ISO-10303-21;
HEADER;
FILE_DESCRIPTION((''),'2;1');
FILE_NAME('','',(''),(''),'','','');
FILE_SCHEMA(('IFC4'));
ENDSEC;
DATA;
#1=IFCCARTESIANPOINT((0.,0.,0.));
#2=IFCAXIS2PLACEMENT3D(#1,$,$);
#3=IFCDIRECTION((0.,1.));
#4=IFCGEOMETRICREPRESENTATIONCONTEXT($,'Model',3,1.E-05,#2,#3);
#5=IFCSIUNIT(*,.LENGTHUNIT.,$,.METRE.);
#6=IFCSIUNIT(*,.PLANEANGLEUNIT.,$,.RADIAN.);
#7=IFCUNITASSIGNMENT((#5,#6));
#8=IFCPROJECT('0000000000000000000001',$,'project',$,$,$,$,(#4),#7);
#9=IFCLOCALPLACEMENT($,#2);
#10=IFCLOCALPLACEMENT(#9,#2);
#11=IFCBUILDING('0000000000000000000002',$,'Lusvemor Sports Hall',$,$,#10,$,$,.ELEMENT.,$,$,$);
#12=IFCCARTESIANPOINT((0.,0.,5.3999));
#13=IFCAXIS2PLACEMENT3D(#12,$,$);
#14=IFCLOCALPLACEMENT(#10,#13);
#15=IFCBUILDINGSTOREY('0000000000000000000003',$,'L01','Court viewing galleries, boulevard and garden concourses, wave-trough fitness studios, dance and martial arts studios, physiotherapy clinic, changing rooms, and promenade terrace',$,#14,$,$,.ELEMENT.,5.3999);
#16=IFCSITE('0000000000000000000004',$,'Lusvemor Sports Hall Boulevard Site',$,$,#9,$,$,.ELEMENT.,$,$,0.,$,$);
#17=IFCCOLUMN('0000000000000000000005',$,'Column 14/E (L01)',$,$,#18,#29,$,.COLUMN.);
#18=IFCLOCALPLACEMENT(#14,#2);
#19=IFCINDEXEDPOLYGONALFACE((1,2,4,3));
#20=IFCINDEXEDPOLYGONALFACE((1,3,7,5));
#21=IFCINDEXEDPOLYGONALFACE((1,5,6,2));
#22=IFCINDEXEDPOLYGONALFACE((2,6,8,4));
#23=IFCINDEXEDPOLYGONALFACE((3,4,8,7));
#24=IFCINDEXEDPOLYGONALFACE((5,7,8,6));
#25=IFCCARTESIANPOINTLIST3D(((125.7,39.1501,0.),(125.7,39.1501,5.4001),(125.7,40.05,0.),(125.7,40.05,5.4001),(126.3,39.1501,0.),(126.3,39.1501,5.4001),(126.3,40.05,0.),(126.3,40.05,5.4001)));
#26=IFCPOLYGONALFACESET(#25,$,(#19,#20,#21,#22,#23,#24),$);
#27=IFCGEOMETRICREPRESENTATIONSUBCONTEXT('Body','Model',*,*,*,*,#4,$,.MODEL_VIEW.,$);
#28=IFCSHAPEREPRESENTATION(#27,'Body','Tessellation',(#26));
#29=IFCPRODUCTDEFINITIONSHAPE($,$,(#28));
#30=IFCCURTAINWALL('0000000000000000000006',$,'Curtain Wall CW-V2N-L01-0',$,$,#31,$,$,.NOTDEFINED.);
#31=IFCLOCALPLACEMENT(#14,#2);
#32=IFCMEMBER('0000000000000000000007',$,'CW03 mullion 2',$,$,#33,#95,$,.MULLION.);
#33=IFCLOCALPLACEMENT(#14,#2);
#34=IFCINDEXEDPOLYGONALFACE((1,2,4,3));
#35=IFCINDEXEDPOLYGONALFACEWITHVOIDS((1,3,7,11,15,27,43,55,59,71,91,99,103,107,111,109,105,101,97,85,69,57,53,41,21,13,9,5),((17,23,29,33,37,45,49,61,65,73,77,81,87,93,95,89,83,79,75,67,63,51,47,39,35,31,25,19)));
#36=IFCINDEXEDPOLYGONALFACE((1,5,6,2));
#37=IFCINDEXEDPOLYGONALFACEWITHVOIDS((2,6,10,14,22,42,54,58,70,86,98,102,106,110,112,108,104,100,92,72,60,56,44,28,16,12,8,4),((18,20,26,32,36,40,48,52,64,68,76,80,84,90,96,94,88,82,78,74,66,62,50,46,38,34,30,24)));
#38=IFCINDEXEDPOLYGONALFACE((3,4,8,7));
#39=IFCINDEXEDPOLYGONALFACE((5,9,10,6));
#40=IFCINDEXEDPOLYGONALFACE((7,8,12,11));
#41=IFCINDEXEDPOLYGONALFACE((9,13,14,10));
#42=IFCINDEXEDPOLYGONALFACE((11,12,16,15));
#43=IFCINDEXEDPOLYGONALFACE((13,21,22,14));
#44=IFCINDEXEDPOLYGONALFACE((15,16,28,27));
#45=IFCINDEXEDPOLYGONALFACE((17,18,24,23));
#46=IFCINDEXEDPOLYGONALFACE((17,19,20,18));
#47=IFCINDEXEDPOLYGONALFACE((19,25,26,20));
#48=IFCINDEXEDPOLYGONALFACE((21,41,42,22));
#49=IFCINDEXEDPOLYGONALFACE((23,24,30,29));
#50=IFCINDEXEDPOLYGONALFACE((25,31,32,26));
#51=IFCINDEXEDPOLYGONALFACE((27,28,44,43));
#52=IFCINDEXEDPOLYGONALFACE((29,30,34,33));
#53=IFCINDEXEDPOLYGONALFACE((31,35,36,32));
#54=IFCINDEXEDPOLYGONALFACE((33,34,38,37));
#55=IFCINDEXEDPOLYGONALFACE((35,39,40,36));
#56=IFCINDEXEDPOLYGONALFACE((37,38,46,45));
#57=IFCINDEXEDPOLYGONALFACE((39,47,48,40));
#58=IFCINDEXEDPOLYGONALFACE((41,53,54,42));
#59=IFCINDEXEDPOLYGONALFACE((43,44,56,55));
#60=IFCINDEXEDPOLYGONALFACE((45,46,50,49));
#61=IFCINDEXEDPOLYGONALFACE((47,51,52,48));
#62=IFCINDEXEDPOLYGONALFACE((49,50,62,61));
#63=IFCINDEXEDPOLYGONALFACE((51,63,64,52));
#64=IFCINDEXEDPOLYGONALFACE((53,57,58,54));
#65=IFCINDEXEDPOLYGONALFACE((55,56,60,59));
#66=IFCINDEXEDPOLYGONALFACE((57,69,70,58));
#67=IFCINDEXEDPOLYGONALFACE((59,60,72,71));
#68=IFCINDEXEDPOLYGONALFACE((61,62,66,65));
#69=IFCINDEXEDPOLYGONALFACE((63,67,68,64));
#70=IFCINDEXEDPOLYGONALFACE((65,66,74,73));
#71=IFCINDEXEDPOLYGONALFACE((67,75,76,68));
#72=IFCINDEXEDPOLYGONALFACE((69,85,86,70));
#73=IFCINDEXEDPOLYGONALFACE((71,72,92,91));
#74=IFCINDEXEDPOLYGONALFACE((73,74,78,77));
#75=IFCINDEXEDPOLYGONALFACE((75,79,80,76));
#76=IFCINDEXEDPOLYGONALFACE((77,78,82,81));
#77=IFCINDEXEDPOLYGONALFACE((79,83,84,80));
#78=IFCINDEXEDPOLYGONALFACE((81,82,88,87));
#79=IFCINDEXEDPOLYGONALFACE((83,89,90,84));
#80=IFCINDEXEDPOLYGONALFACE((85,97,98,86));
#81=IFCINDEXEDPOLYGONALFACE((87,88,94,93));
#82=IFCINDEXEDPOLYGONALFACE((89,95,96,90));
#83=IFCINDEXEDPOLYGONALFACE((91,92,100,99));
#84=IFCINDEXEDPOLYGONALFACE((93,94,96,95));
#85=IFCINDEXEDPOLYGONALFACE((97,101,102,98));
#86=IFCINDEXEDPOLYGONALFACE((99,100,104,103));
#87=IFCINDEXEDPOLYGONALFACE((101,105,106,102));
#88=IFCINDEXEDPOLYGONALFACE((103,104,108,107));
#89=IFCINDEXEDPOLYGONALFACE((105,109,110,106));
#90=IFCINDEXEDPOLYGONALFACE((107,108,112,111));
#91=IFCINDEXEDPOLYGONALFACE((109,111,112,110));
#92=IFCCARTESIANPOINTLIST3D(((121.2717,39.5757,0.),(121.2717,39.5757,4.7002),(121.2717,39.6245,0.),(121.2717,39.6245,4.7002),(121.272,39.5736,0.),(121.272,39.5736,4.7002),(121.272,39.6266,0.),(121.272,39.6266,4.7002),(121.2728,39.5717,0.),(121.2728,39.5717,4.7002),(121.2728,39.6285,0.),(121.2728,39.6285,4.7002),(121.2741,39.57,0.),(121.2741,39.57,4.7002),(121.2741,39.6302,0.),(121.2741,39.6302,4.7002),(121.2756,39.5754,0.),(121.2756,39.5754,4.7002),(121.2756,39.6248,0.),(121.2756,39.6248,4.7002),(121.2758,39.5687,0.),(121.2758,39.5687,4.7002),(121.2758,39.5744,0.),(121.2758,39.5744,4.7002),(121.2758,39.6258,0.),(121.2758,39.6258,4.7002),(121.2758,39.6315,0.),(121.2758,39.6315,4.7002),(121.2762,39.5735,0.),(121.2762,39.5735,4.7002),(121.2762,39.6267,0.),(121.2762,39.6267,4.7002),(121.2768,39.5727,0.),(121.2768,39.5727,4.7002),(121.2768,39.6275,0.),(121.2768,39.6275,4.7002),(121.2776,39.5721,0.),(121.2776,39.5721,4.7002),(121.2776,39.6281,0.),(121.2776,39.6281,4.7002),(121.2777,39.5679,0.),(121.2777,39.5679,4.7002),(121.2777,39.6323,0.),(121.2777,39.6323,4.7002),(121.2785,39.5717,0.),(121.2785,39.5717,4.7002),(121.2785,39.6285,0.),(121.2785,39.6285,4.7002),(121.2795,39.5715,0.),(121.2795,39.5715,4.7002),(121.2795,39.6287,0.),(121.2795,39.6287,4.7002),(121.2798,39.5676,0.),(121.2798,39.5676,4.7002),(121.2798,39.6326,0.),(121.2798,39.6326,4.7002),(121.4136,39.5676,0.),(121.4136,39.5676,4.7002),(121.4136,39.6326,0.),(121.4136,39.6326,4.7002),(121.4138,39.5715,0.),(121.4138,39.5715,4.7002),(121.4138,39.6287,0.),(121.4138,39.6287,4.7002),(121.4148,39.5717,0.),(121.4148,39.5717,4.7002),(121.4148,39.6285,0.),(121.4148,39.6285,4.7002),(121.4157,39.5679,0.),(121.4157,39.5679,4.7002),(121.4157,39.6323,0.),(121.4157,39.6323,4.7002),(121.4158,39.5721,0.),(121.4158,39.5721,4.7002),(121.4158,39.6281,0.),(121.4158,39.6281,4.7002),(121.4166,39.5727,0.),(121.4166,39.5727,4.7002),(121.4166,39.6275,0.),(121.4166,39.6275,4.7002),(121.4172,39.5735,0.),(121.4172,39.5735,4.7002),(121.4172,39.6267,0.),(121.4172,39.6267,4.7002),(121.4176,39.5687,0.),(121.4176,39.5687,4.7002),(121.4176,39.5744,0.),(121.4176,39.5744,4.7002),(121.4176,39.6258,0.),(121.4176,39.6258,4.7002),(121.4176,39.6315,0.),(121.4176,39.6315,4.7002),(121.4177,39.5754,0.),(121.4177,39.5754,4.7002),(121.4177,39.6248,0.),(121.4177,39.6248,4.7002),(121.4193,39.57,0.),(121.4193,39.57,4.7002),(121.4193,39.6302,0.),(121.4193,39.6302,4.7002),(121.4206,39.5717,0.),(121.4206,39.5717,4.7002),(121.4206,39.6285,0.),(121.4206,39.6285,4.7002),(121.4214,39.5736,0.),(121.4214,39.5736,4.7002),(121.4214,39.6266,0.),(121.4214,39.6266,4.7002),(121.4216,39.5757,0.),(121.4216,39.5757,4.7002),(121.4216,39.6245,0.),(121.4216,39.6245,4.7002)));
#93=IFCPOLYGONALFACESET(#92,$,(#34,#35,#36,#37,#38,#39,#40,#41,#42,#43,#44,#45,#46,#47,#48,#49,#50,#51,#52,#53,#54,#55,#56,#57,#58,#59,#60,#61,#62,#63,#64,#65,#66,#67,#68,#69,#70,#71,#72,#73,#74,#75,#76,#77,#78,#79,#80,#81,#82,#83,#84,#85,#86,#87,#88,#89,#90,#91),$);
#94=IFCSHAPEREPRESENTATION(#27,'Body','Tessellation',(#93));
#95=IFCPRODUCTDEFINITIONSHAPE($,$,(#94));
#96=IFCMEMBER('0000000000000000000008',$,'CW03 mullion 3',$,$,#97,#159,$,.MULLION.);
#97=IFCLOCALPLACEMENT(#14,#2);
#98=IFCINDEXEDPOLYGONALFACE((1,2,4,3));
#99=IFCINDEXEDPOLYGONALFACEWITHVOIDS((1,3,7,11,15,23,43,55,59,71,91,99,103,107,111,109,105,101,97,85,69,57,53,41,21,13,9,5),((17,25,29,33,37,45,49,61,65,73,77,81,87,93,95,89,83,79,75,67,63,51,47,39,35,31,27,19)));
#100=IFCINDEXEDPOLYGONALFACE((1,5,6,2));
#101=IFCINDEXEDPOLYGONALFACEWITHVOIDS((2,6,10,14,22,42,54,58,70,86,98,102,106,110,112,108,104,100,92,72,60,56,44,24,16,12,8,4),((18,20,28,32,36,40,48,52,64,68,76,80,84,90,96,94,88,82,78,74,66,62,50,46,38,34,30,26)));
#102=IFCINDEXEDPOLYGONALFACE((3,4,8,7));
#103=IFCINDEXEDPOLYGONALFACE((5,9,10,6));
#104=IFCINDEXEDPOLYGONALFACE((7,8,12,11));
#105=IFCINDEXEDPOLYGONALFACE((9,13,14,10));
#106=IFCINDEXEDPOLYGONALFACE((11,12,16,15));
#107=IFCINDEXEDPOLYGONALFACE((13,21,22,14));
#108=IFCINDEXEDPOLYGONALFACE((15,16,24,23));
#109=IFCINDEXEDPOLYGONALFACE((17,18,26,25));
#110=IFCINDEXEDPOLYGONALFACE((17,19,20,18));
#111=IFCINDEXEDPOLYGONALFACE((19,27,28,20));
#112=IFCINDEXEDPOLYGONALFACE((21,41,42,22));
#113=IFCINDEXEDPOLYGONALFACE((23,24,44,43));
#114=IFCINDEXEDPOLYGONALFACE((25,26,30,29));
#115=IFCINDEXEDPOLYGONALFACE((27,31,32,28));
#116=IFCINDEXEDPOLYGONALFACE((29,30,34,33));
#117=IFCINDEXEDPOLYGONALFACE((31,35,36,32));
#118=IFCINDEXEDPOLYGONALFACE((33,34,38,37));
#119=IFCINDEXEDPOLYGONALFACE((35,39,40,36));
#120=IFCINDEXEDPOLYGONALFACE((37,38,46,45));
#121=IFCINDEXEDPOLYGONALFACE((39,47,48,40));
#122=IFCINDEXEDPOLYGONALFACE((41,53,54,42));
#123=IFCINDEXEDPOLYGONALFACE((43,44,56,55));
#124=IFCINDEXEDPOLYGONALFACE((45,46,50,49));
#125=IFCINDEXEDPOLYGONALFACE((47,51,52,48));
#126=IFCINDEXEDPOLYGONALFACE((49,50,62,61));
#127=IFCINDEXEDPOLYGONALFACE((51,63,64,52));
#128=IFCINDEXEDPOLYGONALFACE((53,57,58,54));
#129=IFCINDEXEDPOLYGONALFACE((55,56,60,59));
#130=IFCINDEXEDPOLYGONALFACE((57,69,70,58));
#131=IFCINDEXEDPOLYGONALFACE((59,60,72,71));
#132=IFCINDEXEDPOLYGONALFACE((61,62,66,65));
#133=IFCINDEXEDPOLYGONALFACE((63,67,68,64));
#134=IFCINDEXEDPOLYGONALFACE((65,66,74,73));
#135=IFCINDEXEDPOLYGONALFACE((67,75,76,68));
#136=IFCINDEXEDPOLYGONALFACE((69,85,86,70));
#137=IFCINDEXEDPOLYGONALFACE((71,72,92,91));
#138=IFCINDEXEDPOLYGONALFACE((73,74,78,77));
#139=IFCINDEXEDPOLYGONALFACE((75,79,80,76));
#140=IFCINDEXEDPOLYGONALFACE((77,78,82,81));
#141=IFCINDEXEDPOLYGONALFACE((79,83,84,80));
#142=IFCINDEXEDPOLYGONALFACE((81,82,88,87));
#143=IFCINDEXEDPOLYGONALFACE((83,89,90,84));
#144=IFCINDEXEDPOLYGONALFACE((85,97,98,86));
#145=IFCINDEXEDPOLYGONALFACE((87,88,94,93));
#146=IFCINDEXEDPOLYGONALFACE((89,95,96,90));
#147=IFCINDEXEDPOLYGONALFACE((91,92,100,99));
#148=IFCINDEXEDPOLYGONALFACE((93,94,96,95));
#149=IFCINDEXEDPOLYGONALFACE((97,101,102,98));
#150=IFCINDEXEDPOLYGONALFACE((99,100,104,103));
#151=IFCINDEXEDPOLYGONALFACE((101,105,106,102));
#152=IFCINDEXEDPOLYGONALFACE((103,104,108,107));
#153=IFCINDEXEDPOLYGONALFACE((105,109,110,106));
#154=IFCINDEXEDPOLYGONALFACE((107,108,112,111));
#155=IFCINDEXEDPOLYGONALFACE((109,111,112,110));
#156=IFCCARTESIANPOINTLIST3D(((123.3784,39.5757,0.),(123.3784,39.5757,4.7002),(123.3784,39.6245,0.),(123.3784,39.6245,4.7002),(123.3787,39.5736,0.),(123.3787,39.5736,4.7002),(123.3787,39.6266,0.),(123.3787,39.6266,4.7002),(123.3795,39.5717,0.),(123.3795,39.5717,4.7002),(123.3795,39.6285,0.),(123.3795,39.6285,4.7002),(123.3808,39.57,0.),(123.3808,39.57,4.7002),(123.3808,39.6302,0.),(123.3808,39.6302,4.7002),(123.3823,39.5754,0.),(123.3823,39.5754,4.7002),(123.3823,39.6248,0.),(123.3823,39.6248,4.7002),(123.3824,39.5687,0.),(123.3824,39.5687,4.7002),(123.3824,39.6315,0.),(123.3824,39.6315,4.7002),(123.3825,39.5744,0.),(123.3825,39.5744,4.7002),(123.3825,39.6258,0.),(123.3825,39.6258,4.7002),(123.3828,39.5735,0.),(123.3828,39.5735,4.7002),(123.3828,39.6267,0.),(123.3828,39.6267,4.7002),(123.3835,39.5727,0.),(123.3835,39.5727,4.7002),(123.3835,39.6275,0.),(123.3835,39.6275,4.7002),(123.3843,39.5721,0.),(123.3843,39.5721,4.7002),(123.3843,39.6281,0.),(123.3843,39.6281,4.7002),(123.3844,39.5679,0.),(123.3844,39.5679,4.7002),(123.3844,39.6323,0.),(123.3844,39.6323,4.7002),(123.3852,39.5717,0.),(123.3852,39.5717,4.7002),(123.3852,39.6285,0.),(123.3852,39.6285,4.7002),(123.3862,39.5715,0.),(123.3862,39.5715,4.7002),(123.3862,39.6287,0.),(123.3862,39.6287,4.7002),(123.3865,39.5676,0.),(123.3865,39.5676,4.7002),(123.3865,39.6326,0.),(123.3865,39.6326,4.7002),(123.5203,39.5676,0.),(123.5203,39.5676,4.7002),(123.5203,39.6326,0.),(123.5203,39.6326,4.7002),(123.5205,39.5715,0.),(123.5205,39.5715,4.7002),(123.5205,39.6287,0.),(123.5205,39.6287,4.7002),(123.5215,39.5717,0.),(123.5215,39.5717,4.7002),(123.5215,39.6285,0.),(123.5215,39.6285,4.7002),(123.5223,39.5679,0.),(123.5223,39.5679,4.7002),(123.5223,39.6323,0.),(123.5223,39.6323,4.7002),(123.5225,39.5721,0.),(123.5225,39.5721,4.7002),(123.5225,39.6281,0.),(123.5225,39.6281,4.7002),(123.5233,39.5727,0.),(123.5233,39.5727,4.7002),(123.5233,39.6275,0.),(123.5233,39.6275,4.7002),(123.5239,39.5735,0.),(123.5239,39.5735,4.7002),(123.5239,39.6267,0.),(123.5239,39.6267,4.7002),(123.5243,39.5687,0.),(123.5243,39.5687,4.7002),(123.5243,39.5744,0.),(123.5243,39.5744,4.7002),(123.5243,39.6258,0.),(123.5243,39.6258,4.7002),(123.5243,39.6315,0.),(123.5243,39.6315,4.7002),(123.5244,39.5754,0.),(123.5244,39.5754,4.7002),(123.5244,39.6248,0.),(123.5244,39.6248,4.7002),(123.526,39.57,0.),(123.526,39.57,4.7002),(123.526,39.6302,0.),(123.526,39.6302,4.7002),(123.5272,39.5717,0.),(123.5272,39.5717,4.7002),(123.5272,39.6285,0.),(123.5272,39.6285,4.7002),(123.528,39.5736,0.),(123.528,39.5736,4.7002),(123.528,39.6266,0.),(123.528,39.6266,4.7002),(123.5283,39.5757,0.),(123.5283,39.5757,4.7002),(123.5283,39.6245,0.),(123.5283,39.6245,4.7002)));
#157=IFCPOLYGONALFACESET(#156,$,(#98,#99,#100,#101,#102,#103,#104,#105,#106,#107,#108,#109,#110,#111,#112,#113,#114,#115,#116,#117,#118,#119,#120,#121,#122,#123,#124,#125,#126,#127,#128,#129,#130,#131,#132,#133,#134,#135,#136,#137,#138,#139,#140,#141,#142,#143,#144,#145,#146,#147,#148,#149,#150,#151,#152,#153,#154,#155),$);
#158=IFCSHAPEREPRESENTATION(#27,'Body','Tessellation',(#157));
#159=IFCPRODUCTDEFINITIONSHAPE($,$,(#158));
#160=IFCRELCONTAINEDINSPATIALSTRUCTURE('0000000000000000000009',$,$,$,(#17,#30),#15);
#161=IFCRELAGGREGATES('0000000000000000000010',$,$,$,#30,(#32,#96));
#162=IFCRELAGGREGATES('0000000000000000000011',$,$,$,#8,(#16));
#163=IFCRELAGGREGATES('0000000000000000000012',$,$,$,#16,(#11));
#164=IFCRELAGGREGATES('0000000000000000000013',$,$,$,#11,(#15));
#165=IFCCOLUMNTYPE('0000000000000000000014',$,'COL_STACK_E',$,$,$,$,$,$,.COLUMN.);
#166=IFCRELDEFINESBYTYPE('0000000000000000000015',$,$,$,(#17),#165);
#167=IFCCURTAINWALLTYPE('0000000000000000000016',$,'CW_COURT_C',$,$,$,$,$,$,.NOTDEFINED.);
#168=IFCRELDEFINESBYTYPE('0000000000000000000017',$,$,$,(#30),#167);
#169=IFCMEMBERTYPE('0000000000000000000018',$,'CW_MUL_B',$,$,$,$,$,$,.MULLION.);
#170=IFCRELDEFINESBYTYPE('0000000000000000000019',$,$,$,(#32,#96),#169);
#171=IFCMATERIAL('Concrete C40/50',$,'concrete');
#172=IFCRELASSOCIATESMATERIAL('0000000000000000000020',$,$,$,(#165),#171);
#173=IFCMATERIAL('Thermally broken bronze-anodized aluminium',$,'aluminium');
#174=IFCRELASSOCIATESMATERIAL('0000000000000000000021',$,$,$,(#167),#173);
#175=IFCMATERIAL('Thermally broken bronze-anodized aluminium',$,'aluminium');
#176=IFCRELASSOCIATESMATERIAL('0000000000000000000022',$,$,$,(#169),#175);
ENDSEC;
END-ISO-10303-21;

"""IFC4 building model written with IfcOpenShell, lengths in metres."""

from ifc_helpers import new_model, si_unit, direction, frame, origin, origin_2d, place, context, subcontext, project, spatial, rectangle, hollow_rectangle, extrude, material, material_profile, profile_set, type_object, element, aggregate, save


model = new_model("IFC4")

# Units and contexts
model_context = context("Model", 3, precision=1e-05, world=origin(), true_north=direction((0.0, 1.0)))
body_context = subcontext(model_context, "Body", "Model", "MODEL_VIEW")
ifc_project = project(units=[si_unit("LENGTHUNIT", "METRE"), si_unit("PLANEANGLEUNIT", "RADIAN")], contexts=[model_context])

# Site, building, storey
site_placement = place(None, origin())
site = spatial("IfcSite", under=ifc_project, at=site_placement, Name="Lusvemor Sports Hall Boulevard Site", CompositionType="ELEMENT", RefElevation=0.0)
building_placement = place(site_placement, origin())
building = spatial("IfcBuilding", under=site, at=building_placement, Name="Lusvemor Sports Hall", CompositionType="ELEMENT")
storey_placement = place(building_placement, frame((0.0, 0.0, 5.3999)))
storey = spatial("IfcBuildingStorey", under=building, at=storey_placement, Name="L01", Description="Court viewing galleries, boulevard and garden concourses, wave-trough fitness studios, dance and martial arts studios, physiotherapy clinic, changing rooms, and promenade terrace", CompositionType="ELEMENT", Elevation=5.3999)

# Column
ifc_material_1 = material(Name="Concrete C40/50", Category="concrete")
ifc_material_profile_1 = material_profile(ifc_material_1, rectangle(XDim=0.6001, YDim=0.8999, at=origin_2d()), Name="RC600x900")
ifc_profile_set_1 = profile_set([ifc_material_profile_1], Name="Concrete C40/50")
column_type = type_object("IfcColumnType", Name="COL_STACK_E", PredefinedType="COLUMN", material=ifc_profile_set_1)
column_placement = place(storey_placement, frame((126.0, 39.6001, 0.0), z_axis=(0.0, 0.0, 1.0), x_axis=(1.0, 0.0, 0.0)))
element("IfcColumn", 1, at=column_placement, inside=storey, type_object=column_type, Name="Column 14/E (L01)", PredefinedType="COLUMN", context=body_context, shape_type="SweptSolid", body=[
    extrude(rectangle(XDim=0.6001, YDim=0.8999, at=origin_2d()), origin(), (0.0, 0.0, 1.0), 5.4001),
])

# Curtain wall, members
ifc_material_2 = material(Name="Thermally broken bronze-anodized aluminium", Category="aluminium")
curtain_wall_type = type_object("IfcCurtainWallType", Name="CW_COURT_C", PredefinedType="NOTDEFINED", material=ifc_material_2)
curtain_wall_1_placement = place(storey_placement, origin())
curtain_wall_1 = element("IfcCurtainWall", 2, at=curtain_wall_1_placement, inside=storey, type_object=curtain_wall_type, Name="Curtain Wall CW-V2N-L01-0", PredefinedType="NOTDEFINED")
ifc_material_3 = material(Name="Thermally broken bronze-anodized aluminium", Category="aluminium")
ifc_material_profile_2 = material_profile(ifc_material_3, hollow_rectangle(XDim=0.0649, YDim=0.1499, WallThickness=0.0039, InnerFilletRadius=0.0039, OuterFilletRadius=0.0081, at=origin_2d()), Name="CWMUL150x65x4")
ifc_profile_set_2 = profile_set([ifc_material_profile_2], Name="Thermally broken bronze-anodized aluminium")
member_type_1 = type_object("IfcMemberType", Name="CW_MUL_B", PredefinedType="MULLION", material=ifc_profile_set_2)
member_1_placement = place(storey_placement, frame((121.3467, 39.6001, 0.0), z_axis=(0.0, 0.0, 1.0), x_axis=(0.0, 1.0, 0.0)))
member_1 = element("IfcMember", 3, at=member_1_placement, type_object=member_type_1, Name="CW03 mullion 2", PredefinedType="MULLION", context=body_context, shape_type="SweptSolid", body=[
    extrude(hollow_rectangle(XDim=0.0649, YDim=0.1499, WallThickness=0.0039, InnerFilletRadius=0.0039, OuterFilletRadius=0.0081, at=origin_2d()), origin(), (0.0, 0.0, 1.0), 4.7002),
])
member_2_placement = place(storey_placement, frame((123.4534, 39.6001, 0.0), z_axis=(0.0, 0.0, 1.0), x_axis=(0.0, 1.0, 0.0)))
member_2 = element("IfcMember", 4, at=member_2_placement, type_object=member_type_1, Name="CW03 mullion 3", PredefinedType="MULLION", context=body_context, shape_type="SweptSolid", body=[
    extrude(hollow_rectangle(XDim=0.0649, YDim=0.1499, WallThickness=0.0039, InnerFilletRadius=0.0039, OuterFilletRadius=0.0081, at=origin_2d()), origin(), (0.0, 0.0, 1.0), 4.7002),
])

aggregate(curtain_wall_1, [member_1, member_2])

save(model, "model.ifc")
